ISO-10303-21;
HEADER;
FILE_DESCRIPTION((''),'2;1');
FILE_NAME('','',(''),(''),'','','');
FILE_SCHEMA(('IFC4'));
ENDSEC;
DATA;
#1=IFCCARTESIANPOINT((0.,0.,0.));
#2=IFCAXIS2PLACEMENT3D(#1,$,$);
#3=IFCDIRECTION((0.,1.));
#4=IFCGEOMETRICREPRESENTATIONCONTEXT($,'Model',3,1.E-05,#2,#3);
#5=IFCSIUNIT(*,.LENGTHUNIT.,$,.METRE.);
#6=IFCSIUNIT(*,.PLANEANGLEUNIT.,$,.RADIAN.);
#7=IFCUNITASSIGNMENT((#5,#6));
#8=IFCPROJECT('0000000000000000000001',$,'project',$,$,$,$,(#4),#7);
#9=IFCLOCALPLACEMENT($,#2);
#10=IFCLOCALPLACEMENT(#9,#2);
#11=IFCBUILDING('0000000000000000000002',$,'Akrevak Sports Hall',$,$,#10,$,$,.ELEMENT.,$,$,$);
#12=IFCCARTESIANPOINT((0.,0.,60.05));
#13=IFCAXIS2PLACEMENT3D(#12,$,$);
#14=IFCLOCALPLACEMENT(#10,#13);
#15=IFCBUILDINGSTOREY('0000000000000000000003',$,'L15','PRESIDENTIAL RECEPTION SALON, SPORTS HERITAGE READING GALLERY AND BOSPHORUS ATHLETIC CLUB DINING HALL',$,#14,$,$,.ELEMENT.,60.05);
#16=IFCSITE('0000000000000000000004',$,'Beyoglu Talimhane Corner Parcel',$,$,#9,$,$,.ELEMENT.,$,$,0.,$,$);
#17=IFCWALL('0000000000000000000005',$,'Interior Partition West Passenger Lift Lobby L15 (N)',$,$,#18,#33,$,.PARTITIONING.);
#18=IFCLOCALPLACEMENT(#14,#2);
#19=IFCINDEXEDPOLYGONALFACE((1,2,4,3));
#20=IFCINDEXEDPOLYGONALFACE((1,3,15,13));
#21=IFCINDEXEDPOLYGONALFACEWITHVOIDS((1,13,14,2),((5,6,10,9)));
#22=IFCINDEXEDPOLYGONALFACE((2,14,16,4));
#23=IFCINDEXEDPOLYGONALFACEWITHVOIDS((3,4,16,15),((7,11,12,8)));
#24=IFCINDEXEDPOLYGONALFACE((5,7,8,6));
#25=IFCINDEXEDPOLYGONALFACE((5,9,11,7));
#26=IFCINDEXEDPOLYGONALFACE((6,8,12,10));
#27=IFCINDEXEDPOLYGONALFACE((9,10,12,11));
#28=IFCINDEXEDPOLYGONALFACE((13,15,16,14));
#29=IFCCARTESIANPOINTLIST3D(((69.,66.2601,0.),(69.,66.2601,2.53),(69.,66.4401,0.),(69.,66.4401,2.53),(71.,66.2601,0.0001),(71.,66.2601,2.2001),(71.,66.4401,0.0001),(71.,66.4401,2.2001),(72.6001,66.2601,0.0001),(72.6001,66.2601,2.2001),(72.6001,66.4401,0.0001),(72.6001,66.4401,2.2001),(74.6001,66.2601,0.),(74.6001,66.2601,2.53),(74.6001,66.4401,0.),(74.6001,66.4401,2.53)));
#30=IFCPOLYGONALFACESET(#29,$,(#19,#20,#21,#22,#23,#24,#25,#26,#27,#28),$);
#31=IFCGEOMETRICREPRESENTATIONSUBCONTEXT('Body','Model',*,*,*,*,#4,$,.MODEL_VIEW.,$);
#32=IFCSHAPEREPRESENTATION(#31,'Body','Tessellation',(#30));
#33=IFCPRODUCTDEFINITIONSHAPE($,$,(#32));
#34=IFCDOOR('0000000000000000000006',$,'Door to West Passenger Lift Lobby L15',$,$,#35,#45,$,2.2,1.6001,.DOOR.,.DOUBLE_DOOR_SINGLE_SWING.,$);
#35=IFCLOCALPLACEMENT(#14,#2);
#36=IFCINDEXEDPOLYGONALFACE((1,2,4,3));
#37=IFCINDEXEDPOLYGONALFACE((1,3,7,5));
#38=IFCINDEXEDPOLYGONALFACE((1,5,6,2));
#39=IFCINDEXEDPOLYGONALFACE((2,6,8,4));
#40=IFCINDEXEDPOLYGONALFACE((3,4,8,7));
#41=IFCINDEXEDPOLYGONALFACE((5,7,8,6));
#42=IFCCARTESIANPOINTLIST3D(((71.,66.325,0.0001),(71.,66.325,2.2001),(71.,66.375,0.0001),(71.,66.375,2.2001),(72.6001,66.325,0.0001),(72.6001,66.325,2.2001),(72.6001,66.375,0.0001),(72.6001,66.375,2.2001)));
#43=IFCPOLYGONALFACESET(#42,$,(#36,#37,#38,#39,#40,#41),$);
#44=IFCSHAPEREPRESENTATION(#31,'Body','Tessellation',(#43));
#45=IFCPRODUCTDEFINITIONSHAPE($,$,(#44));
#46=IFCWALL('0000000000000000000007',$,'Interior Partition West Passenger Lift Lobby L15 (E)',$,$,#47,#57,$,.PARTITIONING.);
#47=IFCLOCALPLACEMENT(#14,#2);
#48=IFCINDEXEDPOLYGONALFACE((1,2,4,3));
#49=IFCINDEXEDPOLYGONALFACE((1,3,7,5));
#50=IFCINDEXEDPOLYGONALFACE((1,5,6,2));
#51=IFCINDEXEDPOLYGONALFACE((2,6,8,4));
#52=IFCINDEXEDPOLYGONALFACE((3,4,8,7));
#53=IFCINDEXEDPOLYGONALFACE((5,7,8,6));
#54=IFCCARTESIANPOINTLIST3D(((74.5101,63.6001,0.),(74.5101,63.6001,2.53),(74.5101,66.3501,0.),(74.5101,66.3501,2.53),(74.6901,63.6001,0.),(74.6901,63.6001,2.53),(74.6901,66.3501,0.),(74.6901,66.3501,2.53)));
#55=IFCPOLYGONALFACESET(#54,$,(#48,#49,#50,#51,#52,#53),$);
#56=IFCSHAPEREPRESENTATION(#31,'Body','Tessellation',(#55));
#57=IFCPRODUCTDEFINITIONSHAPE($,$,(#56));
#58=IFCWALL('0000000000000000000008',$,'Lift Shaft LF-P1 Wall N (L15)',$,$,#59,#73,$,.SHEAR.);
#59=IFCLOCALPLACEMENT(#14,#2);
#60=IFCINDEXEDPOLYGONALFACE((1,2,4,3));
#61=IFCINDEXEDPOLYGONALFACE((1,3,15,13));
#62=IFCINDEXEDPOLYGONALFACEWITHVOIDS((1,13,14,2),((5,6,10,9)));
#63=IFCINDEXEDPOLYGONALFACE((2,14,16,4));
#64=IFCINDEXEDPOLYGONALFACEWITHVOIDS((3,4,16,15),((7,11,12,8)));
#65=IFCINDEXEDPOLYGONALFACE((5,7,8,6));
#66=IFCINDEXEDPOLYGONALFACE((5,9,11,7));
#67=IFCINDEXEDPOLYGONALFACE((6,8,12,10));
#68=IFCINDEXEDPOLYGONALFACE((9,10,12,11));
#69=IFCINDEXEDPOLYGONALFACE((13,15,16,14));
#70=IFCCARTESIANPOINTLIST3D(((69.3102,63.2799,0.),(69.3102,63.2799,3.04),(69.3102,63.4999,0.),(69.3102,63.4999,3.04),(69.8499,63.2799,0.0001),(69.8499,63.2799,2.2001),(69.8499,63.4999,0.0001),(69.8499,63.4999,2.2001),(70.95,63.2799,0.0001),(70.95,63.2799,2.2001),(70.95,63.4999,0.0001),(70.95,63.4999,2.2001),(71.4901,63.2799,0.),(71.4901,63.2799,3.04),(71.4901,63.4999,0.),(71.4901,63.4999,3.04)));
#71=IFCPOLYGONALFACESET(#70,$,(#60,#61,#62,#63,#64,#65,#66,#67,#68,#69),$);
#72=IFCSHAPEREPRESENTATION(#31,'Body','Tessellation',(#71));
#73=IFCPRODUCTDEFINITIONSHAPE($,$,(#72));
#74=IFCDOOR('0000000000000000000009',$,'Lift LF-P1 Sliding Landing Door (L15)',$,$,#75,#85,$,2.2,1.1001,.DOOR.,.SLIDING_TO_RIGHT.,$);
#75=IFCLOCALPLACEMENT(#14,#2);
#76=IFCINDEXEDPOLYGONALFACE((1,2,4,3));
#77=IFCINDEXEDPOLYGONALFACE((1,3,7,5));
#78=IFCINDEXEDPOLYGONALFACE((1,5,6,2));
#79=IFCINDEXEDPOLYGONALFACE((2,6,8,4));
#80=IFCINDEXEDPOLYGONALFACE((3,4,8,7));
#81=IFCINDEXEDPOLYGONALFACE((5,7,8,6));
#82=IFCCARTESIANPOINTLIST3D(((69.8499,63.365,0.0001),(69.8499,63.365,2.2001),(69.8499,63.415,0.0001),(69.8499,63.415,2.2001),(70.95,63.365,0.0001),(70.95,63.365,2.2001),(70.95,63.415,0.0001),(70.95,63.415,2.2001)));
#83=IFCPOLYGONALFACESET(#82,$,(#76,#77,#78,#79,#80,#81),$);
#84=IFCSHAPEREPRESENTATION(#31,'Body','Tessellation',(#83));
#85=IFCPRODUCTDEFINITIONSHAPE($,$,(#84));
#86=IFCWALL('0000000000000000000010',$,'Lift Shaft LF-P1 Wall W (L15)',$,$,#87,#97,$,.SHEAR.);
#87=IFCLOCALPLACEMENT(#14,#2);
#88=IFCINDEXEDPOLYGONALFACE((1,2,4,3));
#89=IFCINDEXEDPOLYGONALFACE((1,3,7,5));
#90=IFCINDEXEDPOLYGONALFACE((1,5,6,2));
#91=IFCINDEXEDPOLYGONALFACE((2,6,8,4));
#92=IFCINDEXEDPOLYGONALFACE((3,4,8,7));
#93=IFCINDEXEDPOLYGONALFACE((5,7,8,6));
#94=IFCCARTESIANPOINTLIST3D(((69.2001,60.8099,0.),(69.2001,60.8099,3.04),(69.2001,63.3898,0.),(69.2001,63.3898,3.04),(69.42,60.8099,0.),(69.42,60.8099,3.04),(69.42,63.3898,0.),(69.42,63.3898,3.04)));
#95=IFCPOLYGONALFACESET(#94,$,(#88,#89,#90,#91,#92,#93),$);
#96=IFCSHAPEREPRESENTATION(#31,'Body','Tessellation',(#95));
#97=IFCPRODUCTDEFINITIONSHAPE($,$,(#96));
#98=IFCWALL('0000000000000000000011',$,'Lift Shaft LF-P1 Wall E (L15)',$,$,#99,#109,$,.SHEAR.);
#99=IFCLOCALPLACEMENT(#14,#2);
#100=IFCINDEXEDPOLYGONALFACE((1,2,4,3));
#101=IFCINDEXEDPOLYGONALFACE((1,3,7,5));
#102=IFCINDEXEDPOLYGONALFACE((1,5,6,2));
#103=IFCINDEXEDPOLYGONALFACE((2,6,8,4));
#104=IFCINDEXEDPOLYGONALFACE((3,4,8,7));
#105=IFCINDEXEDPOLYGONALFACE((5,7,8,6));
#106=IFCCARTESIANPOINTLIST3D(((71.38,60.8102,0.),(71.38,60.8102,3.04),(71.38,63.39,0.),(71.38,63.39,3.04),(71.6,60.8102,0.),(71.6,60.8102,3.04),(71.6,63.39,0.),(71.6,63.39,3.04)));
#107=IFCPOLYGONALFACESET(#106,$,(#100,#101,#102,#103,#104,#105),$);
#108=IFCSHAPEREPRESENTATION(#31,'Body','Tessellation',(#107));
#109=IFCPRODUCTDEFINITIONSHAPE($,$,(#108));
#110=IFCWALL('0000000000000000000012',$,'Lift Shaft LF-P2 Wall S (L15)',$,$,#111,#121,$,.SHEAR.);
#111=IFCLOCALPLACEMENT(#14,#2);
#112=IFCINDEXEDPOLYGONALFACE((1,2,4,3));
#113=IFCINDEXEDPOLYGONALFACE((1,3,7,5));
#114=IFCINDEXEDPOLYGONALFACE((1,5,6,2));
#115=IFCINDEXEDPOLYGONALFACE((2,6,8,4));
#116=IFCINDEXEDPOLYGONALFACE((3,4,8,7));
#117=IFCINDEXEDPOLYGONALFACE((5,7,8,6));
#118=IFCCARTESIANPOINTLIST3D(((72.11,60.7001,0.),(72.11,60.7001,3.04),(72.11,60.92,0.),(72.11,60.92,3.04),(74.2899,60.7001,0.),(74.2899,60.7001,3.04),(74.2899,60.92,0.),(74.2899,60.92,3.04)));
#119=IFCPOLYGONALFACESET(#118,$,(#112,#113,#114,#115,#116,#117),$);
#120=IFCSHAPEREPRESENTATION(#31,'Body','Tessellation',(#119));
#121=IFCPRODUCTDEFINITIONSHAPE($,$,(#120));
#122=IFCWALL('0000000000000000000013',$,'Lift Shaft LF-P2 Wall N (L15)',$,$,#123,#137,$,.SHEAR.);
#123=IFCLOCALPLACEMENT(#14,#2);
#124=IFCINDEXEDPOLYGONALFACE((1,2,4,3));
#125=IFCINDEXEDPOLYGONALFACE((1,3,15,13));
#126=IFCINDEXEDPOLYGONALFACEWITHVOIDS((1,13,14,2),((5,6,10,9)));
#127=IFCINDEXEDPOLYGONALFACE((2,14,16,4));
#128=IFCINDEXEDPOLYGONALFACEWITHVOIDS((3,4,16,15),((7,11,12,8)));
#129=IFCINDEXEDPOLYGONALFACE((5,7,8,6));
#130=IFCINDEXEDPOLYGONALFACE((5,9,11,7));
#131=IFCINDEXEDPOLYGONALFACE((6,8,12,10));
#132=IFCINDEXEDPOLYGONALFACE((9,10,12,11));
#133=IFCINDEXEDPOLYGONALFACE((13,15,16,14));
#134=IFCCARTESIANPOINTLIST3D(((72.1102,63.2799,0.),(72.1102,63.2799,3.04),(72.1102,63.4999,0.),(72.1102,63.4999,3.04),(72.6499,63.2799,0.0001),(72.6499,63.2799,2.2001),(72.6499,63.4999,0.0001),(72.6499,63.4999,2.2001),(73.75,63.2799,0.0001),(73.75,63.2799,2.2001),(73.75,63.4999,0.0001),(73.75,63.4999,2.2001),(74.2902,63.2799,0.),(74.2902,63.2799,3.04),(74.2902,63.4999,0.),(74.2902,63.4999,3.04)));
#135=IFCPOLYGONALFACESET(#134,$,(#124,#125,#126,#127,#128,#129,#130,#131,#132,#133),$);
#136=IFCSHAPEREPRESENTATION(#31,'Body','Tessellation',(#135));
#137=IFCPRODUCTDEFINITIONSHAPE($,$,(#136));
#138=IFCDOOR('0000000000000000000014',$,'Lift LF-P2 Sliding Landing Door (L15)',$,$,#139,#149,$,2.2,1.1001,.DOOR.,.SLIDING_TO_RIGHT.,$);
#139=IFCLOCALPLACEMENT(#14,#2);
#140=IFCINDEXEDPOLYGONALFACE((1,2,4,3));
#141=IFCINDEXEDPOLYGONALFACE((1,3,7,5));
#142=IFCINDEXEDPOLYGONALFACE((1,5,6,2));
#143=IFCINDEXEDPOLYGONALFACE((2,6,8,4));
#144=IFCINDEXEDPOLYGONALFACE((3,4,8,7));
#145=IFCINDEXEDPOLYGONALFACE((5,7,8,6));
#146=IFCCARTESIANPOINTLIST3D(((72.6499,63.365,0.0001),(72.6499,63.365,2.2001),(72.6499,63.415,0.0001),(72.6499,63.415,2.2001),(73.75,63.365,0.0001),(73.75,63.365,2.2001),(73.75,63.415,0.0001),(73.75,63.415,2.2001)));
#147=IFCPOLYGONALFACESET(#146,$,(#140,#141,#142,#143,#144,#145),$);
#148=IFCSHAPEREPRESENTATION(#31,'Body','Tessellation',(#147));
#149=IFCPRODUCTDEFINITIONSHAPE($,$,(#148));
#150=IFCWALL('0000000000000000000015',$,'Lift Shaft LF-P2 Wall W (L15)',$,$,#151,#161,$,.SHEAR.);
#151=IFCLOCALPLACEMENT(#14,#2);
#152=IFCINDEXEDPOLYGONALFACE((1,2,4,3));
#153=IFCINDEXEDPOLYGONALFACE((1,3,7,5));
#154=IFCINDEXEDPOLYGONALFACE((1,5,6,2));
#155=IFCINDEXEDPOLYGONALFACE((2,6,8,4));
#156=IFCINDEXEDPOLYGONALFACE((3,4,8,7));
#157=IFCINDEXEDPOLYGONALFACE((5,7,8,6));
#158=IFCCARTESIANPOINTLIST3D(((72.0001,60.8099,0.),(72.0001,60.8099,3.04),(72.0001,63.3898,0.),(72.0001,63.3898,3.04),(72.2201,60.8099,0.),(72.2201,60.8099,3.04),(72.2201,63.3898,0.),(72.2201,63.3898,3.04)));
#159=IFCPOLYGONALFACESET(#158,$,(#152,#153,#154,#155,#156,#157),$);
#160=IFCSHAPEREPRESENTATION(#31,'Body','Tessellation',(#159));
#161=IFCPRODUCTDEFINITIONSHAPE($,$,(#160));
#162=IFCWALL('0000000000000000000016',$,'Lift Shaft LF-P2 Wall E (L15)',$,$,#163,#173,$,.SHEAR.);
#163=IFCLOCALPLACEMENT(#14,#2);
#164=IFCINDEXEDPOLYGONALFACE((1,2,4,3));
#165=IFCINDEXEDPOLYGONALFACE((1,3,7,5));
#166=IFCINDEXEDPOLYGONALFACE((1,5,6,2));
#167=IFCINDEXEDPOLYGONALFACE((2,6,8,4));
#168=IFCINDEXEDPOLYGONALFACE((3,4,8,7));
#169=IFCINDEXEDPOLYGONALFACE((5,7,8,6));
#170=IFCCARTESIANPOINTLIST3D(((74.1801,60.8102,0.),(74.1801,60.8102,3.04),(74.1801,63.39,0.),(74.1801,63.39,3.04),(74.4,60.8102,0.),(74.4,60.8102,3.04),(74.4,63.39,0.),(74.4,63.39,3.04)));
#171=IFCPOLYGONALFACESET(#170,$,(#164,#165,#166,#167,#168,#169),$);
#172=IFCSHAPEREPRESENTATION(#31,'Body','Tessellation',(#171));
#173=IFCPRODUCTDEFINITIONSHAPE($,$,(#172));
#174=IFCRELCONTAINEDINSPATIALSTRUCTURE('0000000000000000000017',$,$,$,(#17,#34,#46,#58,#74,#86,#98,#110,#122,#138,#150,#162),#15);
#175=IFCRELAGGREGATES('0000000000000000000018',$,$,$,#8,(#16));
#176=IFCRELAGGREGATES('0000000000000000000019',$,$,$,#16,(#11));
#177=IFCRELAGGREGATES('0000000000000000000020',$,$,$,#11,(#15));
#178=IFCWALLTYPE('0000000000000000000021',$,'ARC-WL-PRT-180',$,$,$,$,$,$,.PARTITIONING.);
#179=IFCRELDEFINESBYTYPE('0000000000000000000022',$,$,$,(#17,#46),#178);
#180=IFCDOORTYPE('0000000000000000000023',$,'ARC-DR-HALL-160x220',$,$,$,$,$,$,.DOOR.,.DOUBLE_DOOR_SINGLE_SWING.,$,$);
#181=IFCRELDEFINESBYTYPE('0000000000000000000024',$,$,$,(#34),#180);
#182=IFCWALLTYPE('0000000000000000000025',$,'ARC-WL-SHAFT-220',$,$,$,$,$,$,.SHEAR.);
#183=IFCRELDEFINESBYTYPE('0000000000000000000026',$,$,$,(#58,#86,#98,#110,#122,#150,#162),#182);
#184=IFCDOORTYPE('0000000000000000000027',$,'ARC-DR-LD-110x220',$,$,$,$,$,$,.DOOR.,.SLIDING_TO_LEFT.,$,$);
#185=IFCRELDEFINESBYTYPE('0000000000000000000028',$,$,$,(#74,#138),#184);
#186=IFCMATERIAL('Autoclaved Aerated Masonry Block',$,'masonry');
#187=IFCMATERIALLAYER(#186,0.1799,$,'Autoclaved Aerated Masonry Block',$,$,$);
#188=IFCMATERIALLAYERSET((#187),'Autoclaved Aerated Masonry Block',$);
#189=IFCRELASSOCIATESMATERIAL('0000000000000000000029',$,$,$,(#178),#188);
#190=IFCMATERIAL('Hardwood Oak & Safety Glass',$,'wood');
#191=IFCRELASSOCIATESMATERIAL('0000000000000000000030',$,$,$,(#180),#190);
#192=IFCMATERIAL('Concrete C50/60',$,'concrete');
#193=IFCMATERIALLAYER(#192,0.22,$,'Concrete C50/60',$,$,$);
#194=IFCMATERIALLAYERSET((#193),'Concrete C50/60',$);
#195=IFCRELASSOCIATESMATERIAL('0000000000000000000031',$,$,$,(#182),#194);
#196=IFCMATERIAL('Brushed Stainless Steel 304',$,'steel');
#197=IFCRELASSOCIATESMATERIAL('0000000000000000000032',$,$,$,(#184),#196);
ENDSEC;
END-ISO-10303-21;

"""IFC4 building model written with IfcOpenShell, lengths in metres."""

from ifc_helpers import new_model, si_unit, direction, frame, frame_2d, origin, place, context, subcontext, project, spatial, rectangle, extrude, material, layer, layer_set, type_object, element, fill, save


model = new_model("IFC4")

# Units and contexts
model_context = context("Model", 3, precision=1e-05, world=origin(), true_north=direction((0.0, 1.0)))
body_context = subcontext(model_context, "Body", "Model", "MODEL_VIEW")
ifc_project = project(units=[si_unit("LENGTHUNIT", "METRE"), si_unit("PLANEANGLEUNIT", "RADIAN")], contexts=[model_context])

# Site, building, storey
site_placement = place(None, origin())
site = spatial("IfcSite", under=ifc_project, at=site_placement, Name="Beyoglu Talimhane Corner Parcel", CompositionType="ELEMENT", RefElevation=0.0)
building_placement = place(site_placement, origin())
building = spatial("IfcBuilding", under=site, at=building_placement, Name="Akrevak Sports Hall", CompositionType="ELEMENT")
storey_placement = place(building_placement, frame((0.0, 0.0, 60.05)))
storey = spatial("IfcBuildingStorey", under=building, at=storey_placement, Name="L15", Description="PRESIDENTIAL RECEPTION SALON, SPORTS HERITAGE READING GALLERY AND BOSPHORUS ATHLETIC CLUB DINING HALL", CompositionType="ELEMENT", Elevation=60.05)

# Wall, opening, door
ifc_material_1 = material(Name="Autoclaved Aerated Masonry Block", Category="masonry")
ifc_layer_1 = layer(ifc_material_1, 0.1799, Name="Autoclaved Aerated Masonry Block")
ifc_layer_set_1 = layer_set([ifc_layer_1], Name="Autoclaved Aerated Masonry Block")
wall_type_1 = type_object("IfcWallType", Name="ARC-WL-PRT-180", PredefinedType="PARTITIONING", material=ifc_layer_set_1)
wall_1_placement = place(storey_placement, frame((69.0, 66.3501, 0.0), z_axis=(0.0, 0.0, 1.0), x_axis=(1.0, 0.0, 0.0)))
wall_1 = element("IfcWall", 1, at=wall_1_placement, inside=storey, type_object=wall_type_1, Name="Interior Partition West Passenger Lift Lobby L15 (N)", PredefinedType="PARTITIONING", context=body_context, shape_type="SweptSolid", body=[
    extrude(rectangle(XDim=5.6001, YDim=0.1799, at=frame_2d((2.8, 0.0))), origin(), (0.0, 0.0, 1.0), 2.53),
])
opening_1_placement = place(wall_1_placement, frame((2.0, 0.0, 0.0)))
opening_1 = element("IfcOpeningElement", 2, at=opening_1_placement, cuts=wall_1, PredefinedType="OPENING", context=body_context, shape_type="SweptSolid", body=[
    extrude(rectangle(XDim=1.6001, YDim=2.2, at=frame_2d((0.8, 1.1001))), frame((0.0, 0.1021, 0.0), z_axis=(0.0, -1.0, 0.0), x_axis=(1.0, 0.0, 0.0)), (0.0, 0.0, 1.0), 0.2039),
])
ifc_material_2 = material(Name="Hardwood Oak & Safety Glass", Category="wood")
door_type_1 = type_object("IfcDoorType", Name="ARC-DR-HALL-160x220", OperationType="DOUBLE_DOOR_SINGLE_SWING", PredefinedType="DOOR", material=ifc_material_2)
door_1_placement = place(opening_1_placement, origin())
door_1 = element("IfcDoor", 3, at=door_1_placement, inside=storey, type_object=door_type_1, Name="Door to West Passenger Lift Lobby L15", OperationType="DOUBLE_DOOR_SINGLE_SWING", OverallHeight=2.2, OverallWidth=1.6001, PredefinedType="DOOR", context=body_context, shape_type="SweptSolid", body=[
    extrude(rectangle(XDim=1.6001, YDim=2.2, at=frame_2d((0.8, 1.1001))), frame((0.0, 0.0249, 0.0), z_axis=(0.0, -1.0, 0.0), x_axis=(1.0, 0.0, 0.0)), (0.0, 0.0, 1.0), 0.05),
])
fill(opening_1, door_1)

# Wall
wall_2_placement = place(storey_placement, frame((74.6001, 63.6001, 0.0), z_axis=(0.0, 0.0, 1.0), x_axis=(0.0, 1.0, 0.0)))
element("IfcWall", 4, at=wall_2_placement, inside=storey, type_object=wall_type_1, Name="Interior Partition West Passenger Lift Lobby L15 (E)", PredefinedType="PARTITIONING", context=body_context, shape_type="SweptSolid", body=[
    extrude(rectangle(XDim=2.75, YDim=0.1799, at=frame_2d((1.375, 0.0))), origin(), (0.0, 0.0, 1.0), 2.53),
])
ifc_material_3 = material(Name="Concrete C50/60", Category="concrete")
ifc_layer_2 = layer(ifc_material_3, 0.22, Name="Concrete C50/60")
ifc_layer_set_2 = layer_set([ifc_layer_2], Name="Concrete C50/60")
wall_type_2 = type_object("IfcWallType", Name="ARC-WL-SHAFT-220", PredefinedType="SHEAR", material=ifc_layer_set_2)

# Wall, opening, door
wall_3_placement = place(storey_placement, frame((71.49, 63.3899, 0.0), z_axis=(0.0, 0.0, 1.0), x_axis=(-1.0, 0.0, 0.0)))
wall_3 = element("IfcWall", 5, at=wall_3_placement, inside=storey, type_object=wall_type_2, Name="Lift Shaft LF-P1 Wall N (L15)", PredefinedType="SHEAR", context=body_context, shape_type="SweptSolid", body=[
    extrude(rectangle(XDim=2.1799, YDim=0.22, at=frame_2d((1.0898, 0.0))), origin(), (0.0, 0.0, 1.0), 3.04),
])
opening_2_placement = place(wall_3_placement, frame((0.54, 0.0, 0.0)))
opening_2 = element("IfcOpeningElement", 6, at=opening_2_placement, cuts=wall_3, PredefinedType="OPENING", context=body_context, shape_type="SweptSolid", body=[
    extrude(rectangle(XDim=1.1001, YDim=2.2, at=frame_2d((0.55, 1.1001))), frame((0.0, 0.1221, 0.0), z_axis=(0.0, -1.0, 0.0), x_axis=(1.0, 0.0, 0.0)), (0.0, 0.0, 1.0), 0.2439),
])
ifc_material_4 = material(Name="Brushed Stainless Steel 304", Category="steel")
door_type_2 = type_object("IfcDoorType", Name="ARC-DR-LD-110x220", OperationType="SLIDING_TO_LEFT", PredefinedType="DOOR", material=ifc_material_4)
door_2_placement = place(opening_2_placement, origin())
door_2 = element("IfcDoor", 7, at=door_2_placement, inside=storey, type_object=door_type_2, Name="Lift LF-P1 Sliding Landing Door (L15)", OperationType="SLIDING_TO_RIGHT", OverallHeight=2.2, OverallWidth=1.1001, PredefinedType="DOOR", context=body_context, shape_type="SweptSolid", body=[
    extrude(rectangle(XDim=1.1001, YDim=2.2, at=frame_2d((0.55, 1.1001))), frame((0.0, 0.0249, 0.0), z_axis=(0.0, -1.0, 0.0), x_axis=(1.0, 0.0, 0.0)), (0.0, 0.0, 1.0), 0.05),
])
fill(opening_2, door_2)

# Walls
for number, where, z_axis, x_axis, name in (
    (8, (69.3101, 63.3899, 0.0), (0.0, 0.0, 1.0), (0.0, -1.0, 0.0), "Lift Shaft LF-P1 Wall W (L15)"),
    (9, (71.49, 60.8101, 0.0), (0.0, 0.0, 1.0), (0.0, 1.0, 0.0), "Lift Shaft LF-P1 Wall E (L15)"),
):
    element("IfcWall", number, at=place(storey_placement, frame(where, z_axis=z_axis, x_axis=x_axis)), inside=storey, type_object=wall_type_2, Name=name, PredefinedType="SHEAR", context=body_context, shape_type="SweptSolid", body=[
        extrude(rectangle(XDim=2.5798, YDim=0.22, at=frame_2d((1.29, 0.0))), origin(), (0.0, 0.0, 1.0), 3.04),
    ])
wall_4_placement = place(storey_placement, frame((72.1101, 60.8101, 0.0), z_axis=(0.0, 0.0, 1.0), x_axis=(1.0, 0.0, 0.0)))
element("IfcWall", 10, at=wall_4_placement, inside=storey, type_object=wall_type_2, Name="Lift Shaft LF-P2 Wall S (L15)", PredefinedType="SHEAR", context=body_context, shape_type="SweptSolid", body=[
    extrude(rectangle(XDim=2.1799, YDim=0.22, at=frame_2d((1.0898, 0.0))), origin(), (0.0, 0.0, 1.0), 3.04),
])

# Wall, opening, door
wall_5_placement = place(storey_placement, frame((74.29, 63.3899, 0.0), z_axis=(0.0, 0.0, 1.0), x_axis=(-1.0, 0.0, 0.0)))
wall_5 = element("IfcWall", 11, at=wall_5_placement, inside=storey, type_object=wall_type_2, Name="Lift Shaft LF-P2 Wall N (L15)", PredefinedType="SHEAR", context=body_context, shape_type="SweptSolid", body=[
    extrude(rectangle(XDim=2.1799, YDim=0.22, at=frame_2d((1.0898, 0.0))), origin(), (0.0, 0.0, 1.0), 3.04),
])
opening_3_placement = place(wall_5_placement, frame((0.54, 0.0, 0.0)))
opening_3 = element("IfcOpeningElement", 12, at=opening_3_placement, cuts=wall_5, PredefinedType="OPENING", context=body_context, shape_type="SweptSolid", body=[
    extrude(rectangle(XDim=1.1001, YDim=2.2, at=frame_2d((0.55, 1.1001))), frame((0.0, 0.1221, 0.0), z_axis=(0.0, -1.0, 0.0), x_axis=(1.0, 0.0, 0.0)), (0.0, 0.0, 1.0), 0.2439),
])
door_3_placement = place(opening_3_placement, origin())
door_3 = element("IfcDoor", 13, at=door_3_placement, inside=storey, type_object=door_type_2, Name="Lift LF-P2 Sliding Landing Door (L15)", OperationType="SLIDING_TO_RIGHT", OverallHeight=2.2, OverallWidth=1.1001, PredefinedType="DOOR", context=body_context, shape_type="SweptSolid", body=[
    extrude(rectangle(XDim=1.1001, YDim=2.2, at=frame_2d((0.55, 1.1001))), frame((0.0, 0.0249, 0.0), z_axis=(0.0, -1.0, 0.0), x_axis=(1.0, 0.0, 0.0)), (0.0, 0.0, 1.0), 0.05),
])
fill(opening_3, door_3)

# Walls
for number, where, z_axis, x_axis, name in (
    (14, (72.1101, 63.3899, 0.0), (0.0, 0.0, 1.0), (0.0, -1.0, 0.0), "Lift Shaft LF-P2 Wall W (L15)"),
    (15, (74.29, 60.8101, 0.0), (0.0, 0.0, 1.0), (0.0, 1.0, 0.0), "Lift Shaft LF-P2 Wall E (L15)"),
):
    element("IfcWall", number, at=place(storey_placement, frame(where, z_axis=z_axis, x_axis=x_axis)), inside=storey, type_object=wall_type_2, Name=name, PredefinedType="SHEAR", context=body_context, shape_type="SweptSolid", body=[
        extrude(rectangle(XDim=2.5798, YDim=0.22, at=frame_2d((1.29, 0.0))), origin(), (0.0, 0.0, 1.0), 3.04),
    ])

save(model, "model.ifc")
